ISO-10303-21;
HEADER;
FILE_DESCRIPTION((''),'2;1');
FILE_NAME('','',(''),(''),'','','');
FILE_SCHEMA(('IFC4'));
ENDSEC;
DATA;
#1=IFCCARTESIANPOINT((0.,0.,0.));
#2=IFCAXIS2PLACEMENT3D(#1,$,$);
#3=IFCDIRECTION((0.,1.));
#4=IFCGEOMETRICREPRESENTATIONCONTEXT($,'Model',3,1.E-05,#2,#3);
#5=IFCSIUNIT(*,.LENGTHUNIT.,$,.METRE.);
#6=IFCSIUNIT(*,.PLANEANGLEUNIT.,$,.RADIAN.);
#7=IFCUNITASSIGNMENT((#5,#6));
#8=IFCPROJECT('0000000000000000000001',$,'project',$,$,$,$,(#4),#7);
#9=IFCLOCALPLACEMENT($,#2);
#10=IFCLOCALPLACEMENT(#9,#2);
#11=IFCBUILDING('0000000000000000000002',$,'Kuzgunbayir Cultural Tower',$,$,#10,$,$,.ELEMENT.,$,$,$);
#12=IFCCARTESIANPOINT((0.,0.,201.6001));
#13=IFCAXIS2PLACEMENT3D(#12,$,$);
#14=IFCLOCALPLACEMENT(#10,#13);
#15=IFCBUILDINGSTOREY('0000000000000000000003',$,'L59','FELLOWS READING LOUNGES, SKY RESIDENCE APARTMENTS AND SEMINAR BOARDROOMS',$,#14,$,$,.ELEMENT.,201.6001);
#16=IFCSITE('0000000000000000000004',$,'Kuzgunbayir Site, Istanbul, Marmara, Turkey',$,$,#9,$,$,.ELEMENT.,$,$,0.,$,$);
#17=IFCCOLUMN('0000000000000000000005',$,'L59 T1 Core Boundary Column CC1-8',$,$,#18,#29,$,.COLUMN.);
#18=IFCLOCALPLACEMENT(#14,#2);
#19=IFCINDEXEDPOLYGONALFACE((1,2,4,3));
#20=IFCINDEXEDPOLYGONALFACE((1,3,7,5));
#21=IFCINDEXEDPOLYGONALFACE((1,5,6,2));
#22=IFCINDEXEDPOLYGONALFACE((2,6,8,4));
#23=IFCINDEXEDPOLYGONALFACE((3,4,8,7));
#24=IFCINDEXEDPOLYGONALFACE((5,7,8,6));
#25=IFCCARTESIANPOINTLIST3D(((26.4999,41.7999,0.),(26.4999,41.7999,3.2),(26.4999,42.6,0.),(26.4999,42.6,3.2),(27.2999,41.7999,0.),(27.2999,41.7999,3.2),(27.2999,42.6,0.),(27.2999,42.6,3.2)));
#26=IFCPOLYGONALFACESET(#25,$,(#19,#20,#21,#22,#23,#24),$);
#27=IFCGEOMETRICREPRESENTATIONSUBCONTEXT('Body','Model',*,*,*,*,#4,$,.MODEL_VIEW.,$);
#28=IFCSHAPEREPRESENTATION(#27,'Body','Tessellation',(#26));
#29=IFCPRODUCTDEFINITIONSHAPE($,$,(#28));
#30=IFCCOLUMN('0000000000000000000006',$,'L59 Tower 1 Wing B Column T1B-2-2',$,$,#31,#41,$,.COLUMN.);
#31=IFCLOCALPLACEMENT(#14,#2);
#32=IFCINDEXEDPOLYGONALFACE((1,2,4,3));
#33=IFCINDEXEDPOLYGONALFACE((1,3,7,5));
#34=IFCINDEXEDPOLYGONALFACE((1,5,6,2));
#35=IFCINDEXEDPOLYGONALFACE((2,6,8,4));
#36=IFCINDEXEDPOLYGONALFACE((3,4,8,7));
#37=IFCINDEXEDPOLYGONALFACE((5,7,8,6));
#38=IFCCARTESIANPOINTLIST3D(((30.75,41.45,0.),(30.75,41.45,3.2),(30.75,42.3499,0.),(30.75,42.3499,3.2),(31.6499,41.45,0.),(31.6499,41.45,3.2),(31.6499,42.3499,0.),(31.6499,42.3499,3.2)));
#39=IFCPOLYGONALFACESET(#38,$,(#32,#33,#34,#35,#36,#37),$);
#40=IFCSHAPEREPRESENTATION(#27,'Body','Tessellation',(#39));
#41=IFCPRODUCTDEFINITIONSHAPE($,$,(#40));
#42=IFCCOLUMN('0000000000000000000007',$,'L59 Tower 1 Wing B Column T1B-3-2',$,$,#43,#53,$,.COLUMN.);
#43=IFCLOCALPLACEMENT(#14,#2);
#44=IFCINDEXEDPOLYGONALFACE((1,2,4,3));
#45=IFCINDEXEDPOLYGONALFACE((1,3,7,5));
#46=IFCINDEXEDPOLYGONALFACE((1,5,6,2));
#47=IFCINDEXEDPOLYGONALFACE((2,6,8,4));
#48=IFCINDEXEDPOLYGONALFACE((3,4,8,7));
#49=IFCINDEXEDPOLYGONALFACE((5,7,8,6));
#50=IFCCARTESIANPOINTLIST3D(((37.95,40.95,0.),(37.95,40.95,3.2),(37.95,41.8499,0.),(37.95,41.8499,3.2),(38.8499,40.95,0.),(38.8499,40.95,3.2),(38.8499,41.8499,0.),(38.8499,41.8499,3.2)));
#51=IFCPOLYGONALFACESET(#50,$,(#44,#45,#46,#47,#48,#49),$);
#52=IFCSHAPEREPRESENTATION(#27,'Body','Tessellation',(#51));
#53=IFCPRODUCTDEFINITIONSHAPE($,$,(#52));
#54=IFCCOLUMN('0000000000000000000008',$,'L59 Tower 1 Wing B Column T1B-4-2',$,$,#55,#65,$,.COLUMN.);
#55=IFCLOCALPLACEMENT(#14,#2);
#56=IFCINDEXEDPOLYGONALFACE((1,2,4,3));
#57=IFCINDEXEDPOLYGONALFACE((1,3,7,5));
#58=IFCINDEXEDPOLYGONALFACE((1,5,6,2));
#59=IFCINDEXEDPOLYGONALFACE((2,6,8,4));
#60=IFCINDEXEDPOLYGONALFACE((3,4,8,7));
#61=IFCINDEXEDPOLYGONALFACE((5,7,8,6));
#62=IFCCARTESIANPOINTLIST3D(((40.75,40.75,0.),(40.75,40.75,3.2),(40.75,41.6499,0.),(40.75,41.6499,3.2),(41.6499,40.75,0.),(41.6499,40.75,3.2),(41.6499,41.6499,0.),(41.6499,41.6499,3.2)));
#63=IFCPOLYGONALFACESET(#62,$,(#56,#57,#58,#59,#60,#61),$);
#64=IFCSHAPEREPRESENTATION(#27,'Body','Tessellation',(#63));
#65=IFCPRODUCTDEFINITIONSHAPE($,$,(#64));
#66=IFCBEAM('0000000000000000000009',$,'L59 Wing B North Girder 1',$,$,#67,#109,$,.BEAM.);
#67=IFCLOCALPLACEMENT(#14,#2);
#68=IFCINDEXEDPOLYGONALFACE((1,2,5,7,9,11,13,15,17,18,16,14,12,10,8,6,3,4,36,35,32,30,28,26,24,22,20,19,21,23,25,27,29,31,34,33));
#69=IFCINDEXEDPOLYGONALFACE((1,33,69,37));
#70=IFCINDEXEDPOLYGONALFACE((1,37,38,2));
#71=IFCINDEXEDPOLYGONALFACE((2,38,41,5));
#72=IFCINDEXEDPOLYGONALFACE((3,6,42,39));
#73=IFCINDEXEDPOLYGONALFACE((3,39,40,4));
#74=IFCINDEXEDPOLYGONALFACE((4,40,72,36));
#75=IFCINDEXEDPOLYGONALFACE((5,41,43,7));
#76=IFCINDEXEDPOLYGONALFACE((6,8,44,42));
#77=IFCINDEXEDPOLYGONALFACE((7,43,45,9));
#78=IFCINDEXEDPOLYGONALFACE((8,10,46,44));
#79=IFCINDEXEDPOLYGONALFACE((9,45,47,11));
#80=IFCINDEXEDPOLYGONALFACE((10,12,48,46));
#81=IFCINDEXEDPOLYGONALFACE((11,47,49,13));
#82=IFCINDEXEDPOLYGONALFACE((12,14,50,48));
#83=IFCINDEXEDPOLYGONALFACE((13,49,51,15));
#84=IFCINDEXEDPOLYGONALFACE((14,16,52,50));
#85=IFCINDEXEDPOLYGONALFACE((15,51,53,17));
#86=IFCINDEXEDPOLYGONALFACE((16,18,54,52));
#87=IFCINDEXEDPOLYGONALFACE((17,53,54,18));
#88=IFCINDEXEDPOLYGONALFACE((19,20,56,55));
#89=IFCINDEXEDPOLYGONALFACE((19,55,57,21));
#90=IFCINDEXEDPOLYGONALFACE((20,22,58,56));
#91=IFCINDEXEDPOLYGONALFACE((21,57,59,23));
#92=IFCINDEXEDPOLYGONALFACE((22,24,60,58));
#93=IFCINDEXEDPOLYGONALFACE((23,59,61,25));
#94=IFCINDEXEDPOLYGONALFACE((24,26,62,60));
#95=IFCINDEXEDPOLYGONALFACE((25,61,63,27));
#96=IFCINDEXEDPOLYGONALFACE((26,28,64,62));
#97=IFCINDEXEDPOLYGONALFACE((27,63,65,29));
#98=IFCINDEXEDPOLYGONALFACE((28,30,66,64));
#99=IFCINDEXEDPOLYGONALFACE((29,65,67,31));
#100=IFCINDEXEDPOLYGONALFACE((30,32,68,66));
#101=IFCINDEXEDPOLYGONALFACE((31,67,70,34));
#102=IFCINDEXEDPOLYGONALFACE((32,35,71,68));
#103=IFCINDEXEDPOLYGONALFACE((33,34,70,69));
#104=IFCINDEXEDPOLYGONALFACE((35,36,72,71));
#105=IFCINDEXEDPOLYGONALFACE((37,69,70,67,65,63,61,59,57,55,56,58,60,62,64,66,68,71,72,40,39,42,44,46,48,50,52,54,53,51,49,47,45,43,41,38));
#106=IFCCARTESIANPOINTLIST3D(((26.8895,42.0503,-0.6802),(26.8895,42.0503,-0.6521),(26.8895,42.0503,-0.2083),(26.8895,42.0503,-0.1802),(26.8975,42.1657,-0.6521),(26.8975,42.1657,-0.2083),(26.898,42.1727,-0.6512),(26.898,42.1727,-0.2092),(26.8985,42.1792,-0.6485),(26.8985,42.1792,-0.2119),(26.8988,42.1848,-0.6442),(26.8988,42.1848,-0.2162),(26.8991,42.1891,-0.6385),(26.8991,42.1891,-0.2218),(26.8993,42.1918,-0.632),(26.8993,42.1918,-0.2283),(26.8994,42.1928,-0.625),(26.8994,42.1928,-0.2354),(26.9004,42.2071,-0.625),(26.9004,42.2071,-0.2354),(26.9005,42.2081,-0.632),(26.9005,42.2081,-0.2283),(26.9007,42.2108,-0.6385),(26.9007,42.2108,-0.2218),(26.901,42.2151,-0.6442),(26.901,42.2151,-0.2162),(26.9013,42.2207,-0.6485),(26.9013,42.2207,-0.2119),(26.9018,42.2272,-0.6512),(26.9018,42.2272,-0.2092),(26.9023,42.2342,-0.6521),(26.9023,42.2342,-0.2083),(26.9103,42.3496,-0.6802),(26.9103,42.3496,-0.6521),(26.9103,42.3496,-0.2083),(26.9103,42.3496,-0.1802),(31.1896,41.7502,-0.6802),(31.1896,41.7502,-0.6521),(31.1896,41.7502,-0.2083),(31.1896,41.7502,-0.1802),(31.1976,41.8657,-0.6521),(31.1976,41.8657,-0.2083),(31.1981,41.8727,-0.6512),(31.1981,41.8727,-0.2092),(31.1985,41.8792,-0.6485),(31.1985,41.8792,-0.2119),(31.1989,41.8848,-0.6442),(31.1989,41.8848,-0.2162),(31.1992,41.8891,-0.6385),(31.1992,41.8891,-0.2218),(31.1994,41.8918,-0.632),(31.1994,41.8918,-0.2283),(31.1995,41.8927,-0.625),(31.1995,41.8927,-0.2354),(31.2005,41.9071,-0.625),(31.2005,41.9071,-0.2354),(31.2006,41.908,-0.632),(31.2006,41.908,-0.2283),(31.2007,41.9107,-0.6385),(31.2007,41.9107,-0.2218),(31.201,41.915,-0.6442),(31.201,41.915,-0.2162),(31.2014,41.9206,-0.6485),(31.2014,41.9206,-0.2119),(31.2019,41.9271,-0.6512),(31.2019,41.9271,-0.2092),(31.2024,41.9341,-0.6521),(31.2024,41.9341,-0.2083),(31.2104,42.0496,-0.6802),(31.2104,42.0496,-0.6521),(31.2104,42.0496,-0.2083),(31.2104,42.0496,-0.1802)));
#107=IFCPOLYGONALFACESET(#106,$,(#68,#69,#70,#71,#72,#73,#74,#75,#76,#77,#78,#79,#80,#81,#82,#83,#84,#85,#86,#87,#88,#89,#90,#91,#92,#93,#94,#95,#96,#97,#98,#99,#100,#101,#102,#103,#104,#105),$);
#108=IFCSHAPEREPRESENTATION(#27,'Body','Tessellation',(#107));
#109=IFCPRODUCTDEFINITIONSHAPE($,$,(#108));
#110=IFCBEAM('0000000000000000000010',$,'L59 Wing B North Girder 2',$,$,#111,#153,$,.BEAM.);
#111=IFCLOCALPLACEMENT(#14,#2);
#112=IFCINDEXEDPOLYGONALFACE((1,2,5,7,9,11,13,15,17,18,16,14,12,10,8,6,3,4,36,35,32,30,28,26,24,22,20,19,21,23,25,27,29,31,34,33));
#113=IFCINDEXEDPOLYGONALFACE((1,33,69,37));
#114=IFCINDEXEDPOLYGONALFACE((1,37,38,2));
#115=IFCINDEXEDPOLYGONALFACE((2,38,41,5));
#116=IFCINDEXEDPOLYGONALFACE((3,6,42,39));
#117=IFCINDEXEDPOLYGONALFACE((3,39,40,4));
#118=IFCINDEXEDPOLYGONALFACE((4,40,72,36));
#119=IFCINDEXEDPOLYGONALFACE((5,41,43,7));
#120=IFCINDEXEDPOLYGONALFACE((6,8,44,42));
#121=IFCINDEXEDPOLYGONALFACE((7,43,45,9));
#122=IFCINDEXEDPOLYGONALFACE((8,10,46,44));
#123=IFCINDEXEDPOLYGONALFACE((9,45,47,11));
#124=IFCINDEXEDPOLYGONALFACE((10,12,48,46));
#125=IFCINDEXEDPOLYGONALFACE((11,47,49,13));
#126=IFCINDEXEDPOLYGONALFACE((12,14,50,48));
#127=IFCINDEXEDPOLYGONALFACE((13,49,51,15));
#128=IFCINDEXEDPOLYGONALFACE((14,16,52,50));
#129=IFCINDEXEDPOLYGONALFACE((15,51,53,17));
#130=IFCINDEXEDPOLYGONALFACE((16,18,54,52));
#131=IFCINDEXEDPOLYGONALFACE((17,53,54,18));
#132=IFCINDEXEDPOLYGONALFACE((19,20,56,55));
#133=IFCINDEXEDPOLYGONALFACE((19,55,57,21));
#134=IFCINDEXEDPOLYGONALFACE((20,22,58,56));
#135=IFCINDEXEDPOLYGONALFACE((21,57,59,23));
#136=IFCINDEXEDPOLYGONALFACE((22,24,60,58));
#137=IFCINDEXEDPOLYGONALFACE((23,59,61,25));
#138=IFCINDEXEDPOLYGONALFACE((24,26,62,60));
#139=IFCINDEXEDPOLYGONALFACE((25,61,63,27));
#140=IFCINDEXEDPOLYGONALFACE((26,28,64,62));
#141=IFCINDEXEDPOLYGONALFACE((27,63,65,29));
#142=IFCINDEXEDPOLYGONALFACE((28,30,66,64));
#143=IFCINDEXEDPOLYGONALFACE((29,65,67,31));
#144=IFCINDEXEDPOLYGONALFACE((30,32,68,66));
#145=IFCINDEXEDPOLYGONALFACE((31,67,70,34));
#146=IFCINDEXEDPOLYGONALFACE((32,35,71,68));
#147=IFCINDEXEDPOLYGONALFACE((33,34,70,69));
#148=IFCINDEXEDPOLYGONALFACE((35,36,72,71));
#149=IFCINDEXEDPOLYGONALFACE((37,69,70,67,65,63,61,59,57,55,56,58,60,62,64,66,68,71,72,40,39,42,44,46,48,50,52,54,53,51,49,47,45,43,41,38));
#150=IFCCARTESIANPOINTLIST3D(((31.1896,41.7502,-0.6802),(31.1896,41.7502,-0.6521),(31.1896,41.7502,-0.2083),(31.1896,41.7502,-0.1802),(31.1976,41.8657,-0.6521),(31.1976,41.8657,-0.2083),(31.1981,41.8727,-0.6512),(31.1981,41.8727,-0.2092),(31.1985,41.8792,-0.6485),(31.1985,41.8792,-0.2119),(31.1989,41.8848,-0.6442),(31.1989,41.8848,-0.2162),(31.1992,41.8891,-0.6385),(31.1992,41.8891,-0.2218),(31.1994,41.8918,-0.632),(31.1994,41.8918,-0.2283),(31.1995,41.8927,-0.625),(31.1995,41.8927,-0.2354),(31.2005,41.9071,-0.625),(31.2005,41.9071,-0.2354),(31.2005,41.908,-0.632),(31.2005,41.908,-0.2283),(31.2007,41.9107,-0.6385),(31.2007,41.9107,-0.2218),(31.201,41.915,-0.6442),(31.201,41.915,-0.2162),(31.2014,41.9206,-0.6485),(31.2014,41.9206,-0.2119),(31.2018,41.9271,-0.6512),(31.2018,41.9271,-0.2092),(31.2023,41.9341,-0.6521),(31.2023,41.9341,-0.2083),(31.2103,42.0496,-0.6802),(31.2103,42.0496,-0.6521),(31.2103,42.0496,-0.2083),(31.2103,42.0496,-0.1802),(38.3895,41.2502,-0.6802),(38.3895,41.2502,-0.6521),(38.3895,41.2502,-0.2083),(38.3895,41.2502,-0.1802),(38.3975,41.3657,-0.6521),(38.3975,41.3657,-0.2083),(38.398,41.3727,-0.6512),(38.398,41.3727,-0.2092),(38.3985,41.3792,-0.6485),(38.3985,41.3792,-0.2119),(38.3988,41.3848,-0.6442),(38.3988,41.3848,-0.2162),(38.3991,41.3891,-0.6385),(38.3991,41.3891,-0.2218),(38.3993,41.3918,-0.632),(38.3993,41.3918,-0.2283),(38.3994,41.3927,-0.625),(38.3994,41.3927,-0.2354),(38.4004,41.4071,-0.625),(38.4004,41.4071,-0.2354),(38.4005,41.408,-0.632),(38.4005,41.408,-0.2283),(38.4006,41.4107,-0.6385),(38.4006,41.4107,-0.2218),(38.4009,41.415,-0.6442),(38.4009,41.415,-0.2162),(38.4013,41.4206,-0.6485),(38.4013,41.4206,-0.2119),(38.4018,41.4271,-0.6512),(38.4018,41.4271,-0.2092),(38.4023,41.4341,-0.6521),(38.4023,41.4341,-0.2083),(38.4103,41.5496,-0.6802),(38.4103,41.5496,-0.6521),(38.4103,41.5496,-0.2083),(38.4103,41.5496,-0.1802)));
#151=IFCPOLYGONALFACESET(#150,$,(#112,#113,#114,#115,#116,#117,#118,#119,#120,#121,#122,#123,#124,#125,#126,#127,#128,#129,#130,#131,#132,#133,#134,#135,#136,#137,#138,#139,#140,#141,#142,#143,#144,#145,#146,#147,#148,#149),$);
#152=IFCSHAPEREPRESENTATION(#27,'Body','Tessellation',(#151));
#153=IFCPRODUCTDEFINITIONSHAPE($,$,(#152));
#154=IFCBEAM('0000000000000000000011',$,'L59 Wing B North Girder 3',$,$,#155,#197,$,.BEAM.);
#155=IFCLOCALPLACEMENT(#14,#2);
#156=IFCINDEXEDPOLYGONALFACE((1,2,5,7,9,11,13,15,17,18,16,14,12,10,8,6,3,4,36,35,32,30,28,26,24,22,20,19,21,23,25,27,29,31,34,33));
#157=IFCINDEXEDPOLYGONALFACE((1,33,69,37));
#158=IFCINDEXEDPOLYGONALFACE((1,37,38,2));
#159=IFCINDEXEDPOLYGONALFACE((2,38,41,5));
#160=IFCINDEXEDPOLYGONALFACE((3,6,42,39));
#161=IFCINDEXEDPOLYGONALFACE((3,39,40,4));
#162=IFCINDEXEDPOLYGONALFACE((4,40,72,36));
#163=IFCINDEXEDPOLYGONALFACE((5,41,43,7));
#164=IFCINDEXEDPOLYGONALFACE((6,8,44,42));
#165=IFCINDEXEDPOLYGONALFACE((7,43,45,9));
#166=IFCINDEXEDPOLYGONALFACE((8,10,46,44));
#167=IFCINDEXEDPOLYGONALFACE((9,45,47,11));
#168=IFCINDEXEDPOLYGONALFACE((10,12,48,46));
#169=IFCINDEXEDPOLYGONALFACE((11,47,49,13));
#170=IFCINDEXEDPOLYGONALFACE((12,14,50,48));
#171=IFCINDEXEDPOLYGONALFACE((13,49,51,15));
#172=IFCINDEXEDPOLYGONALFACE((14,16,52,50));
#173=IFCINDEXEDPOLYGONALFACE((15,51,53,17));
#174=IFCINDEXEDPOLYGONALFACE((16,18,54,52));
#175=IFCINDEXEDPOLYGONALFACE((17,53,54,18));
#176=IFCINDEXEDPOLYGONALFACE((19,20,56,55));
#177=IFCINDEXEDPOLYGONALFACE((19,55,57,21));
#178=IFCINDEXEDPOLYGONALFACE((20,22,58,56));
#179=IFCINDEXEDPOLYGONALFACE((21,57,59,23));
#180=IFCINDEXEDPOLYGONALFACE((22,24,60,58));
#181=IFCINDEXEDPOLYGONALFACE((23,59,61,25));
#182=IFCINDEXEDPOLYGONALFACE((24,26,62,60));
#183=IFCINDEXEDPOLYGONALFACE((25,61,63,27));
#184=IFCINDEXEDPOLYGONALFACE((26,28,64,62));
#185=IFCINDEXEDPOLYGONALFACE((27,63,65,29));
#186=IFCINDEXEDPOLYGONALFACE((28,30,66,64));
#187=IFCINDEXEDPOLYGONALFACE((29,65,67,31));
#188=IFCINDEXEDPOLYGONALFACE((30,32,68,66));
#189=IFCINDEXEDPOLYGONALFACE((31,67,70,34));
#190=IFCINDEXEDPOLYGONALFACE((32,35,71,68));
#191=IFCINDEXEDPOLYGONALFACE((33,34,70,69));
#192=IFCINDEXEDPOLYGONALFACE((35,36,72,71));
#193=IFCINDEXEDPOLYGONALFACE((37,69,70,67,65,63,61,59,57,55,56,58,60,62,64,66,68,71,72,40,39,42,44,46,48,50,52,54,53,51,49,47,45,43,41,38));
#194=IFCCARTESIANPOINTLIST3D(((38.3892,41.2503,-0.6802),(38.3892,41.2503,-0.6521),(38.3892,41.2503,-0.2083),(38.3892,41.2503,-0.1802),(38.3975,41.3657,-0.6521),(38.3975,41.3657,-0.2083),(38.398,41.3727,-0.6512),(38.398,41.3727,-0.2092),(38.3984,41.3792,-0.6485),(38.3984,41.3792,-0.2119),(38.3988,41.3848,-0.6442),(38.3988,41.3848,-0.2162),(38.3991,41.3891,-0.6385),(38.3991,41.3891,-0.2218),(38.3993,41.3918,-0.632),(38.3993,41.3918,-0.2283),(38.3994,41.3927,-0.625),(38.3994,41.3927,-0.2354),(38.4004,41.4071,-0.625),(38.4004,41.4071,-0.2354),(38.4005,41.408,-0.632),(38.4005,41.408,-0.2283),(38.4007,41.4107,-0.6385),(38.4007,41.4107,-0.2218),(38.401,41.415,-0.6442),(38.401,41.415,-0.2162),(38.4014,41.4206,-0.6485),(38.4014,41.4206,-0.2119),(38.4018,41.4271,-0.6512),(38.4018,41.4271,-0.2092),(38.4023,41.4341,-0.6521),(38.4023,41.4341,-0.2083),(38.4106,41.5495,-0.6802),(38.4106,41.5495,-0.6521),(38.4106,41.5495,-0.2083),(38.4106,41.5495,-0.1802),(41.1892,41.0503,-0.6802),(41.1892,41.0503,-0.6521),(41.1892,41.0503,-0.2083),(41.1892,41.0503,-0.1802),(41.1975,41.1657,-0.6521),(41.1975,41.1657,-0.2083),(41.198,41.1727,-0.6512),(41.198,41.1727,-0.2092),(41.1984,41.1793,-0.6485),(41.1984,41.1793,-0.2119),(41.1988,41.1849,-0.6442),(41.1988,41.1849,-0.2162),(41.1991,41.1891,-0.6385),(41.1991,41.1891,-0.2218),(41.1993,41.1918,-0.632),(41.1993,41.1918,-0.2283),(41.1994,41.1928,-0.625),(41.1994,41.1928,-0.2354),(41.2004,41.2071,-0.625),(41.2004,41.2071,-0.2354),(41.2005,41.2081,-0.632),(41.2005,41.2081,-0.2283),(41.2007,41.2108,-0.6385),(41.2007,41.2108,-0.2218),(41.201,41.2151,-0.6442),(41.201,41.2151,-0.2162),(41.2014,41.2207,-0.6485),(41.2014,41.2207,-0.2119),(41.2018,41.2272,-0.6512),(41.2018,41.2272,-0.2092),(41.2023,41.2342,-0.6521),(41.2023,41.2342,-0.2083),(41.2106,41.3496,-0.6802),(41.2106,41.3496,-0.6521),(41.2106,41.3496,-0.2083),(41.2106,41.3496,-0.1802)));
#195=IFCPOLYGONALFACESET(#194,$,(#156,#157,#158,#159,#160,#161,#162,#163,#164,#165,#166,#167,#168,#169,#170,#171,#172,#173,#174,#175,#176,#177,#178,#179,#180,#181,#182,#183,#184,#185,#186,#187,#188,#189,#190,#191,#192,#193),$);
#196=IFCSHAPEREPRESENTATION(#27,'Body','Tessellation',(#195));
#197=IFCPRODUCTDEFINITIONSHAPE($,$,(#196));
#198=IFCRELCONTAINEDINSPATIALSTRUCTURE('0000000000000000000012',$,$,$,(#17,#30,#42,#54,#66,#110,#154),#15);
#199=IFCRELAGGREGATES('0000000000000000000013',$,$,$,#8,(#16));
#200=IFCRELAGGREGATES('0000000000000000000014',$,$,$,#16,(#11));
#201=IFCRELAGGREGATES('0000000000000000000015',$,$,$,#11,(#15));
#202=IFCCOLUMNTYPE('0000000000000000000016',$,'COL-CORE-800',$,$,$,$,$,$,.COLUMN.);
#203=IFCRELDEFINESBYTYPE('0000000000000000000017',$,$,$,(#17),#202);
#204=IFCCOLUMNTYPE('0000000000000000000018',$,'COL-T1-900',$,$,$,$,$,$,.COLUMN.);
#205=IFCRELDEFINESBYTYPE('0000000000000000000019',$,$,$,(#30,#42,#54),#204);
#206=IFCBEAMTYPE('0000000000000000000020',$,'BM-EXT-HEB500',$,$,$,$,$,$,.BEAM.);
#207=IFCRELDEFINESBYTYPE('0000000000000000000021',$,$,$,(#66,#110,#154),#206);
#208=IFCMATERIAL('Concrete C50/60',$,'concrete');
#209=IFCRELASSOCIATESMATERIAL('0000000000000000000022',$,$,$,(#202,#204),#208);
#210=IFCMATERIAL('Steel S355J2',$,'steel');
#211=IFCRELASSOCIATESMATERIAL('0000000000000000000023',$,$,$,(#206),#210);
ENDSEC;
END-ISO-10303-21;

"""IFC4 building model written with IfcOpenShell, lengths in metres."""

from ifc_helpers import new_model, si_unit, direction, frame, origin, origin_2d, place, context, subcontext, project, spatial, rectangle, i_section, extrude, material, material_profile, profile_set, type_object, element, save


model = new_model("IFC4")

# Units and contexts
model_context = context("Model", 3, precision=1e-05, world=origin(), true_north=direction((0.0, 1.0)))
body_context = subcontext(model_context, "Body", "Model", "MODEL_VIEW")
ifc_project = project(units=[si_unit("LENGTHUNIT", "METRE"), si_unit("PLANEANGLEUNIT", "RADIAN")], contexts=[model_context])

# Site, building, storey
site_placement = place(None, origin())
site = spatial("IfcSite", under=ifc_project, at=site_placement, Name="Kuzgunbayir Site, Istanbul, Marmara, Turkey", CompositionType="ELEMENT", RefElevation=0.0)
building_placement = place(site_placement, origin())
building = spatial("IfcBuilding", under=site, at=building_placement, Name="Kuzgunbayir Cultural Tower", CompositionType="ELEMENT")
storey_placement = place(building_placement, frame((0.0, 0.0, 201.6001)))
storey = spatial("IfcBuildingStorey", under=building, at=storey_placement, Name="L59", Description="FELLOWS READING LOUNGES, SKY RESIDENCE APARTMENTS AND SEMINAR BOARDROOMS", CompositionType="ELEMENT", Elevation=201.6001)

# Columns
ifc_material_1 = material(Name="Concrete C50/60", Category="concrete")
ifc_material_profile_1 = material_profile(ifc_material_1, rectangle(XDim=0.8, YDim=0.8, at=origin_2d()), Name="RC 800x800")
ifc_profile_set_1 = profile_set([ifc_material_profile_1], Name="Concrete C50/60")
column_type_1 = type_object("IfcColumnType", Name="COL-CORE-800", PredefinedType="COLUMN", material=ifc_profile_set_1)
column_placement = place(storey_placement, frame((26.8999, 42.2, 0.0), z_axis=(0.0, 0.0, 1.0), x_axis=(1.0, 0.0, 0.0)))
element("IfcColumn", 1, at=column_placement, inside=storey, type_object=column_type_1, Name="L59 T1 Core Boundary Column CC1-8", PredefinedType="COLUMN", context=body_context, shape_type="SweptSolid", body=[
    extrude(rectangle(XDim=0.8, YDim=0.8, at=origin_2d()), origin(), (0.0, 0.0, 1.0), 3.2),
])
ifc_material_profile_2 = material_profile(ifc_material_1, rectangle(XDim=0.8999, YDim=0.8999, at=origin_2d()), Name="RC 900x900")
ifc_profile_set_2 = profile_set([ifc_material_profile_2], Name="Concrete C50/60")
column_type_2 = type_object("IfcColumnType", Name="COL-T1-900", PredefinedType="COLUMN", material=ifc_profile_set_2)
for number, where, z_axis, x_axis, name in (
    (2, (31.2, 41.8999, 0.0), (0.0, 0.0, 1.0), (1.0, 0.0, 0.0), "L59 Tower 1 Wing B Column T1B-2-2"),
    (3, (38.3999, 41.3999, 0.0), (0.0, 0.0, 1.0), (1.0, 0.0, 0.0), "L59 Tower 1 Wing B Column T1B-3-2"),
    (4, (41.2, 41.2, 0.0), (0.0, 0.0, 1.0), (1.0, 0.0, 0.0), "L59 Tower 1 Wing B Column T1B-4-2"),
):
    element("IfcColumn", number, at=place(storey_placement, frame(where, z_axis=z_axis, x_axis=x_axis)), inside=storey, type_object=column_type_2, Name=name, PredefinedType="COLUMN", context=body_context, shape_type="SweptSolid", body=[
        extrude(rectangle(XDim=0.8999, YDim=0.8999, at=origin_2d()), origin(), (0.0, 0.0, 1.0), 3.2),
    ])

# Beams
ifc_material_2 = material(Name="Steel S355J2", Category="steel")
ifc_material_profile_3 = material_profile(ifc_material_2, i_section(OverallWidth=0.3, OverallDepth=0.5, WebThickness=0.0144, FlangeThickness=0.0281, FilletRadius=0.0271, at=origin_2d()), Name="HEB 500")
ifc_profile_set_3 = profile_set([ifc_material_profile_3], Name="Steel S355J2")
beam_type_1 = type_object("IfcBeamType", Name="BM-EXT-HEB500", PredefinedType="BEAM", material=ifc_profile_set_3)
beam_1_placement = place(storey_placement, frame((26.8999, 42.2, -0.4302), z_axis=(0.997574, -0.069609, 0.0), x_axis=(0.069609, 0.997574, 0.0)))
element("IfcBeam", 5, at=beam_1_placement, inside=storey, type_object=beam_type_1, Name="L59 Wing B North Girder 1", PredefinedType="BEAM", context=body_context, shape_type="SweptSolid", body=[
    extrude(i_section(OverallWidth=0.3, OverallDepth=0.5, WebThickness=0.0144, FlangeThickness=0.0281, FilletRadius=0.0271, at=origin_2d()), origin(), (0.0, 0.0, 1.0), 4.3105),
])
beam_2_placement = place(storey_placement, frame((31.2, 41.8999, -0.4302), z_axis=(0.997597, -0.069278, 0.0), x_axis=(0.069278, 0.997597, 0.0)))
element("IfcBeam", 6, at=beam_2_placement, inside=storey, type_object=beam_type_1, Name="L59 Wing B North Girder 2", PredefinedType="BEAM", context=body_context, shape_type="SweptSolid", body=[
    extrude(i_section(OverallWidth=0.3, OverallDepth=0.5, WebThickness=0.0144, FlangeThickness=0.0281, FilletRadius=0.0271, at=origin_2d()), origin(), (0.0, 0.0, 1.0), 7.2173),
])
beam_3_placement = place(storey_placement, frame((38.3999, 41.3999, -0.4302), z_axis=(0.99746, -0.071229, 0.0), x_axis=(0.071229, 0.99746, 0.0)))
element("IfcBeam", 7, at=beam_3_placement, inside=storey, type_object=beam_type_1, Name="L59 Wing B North Girder 3", PredefinedType="BEAM", context=body_context, shape_type="SweptSolid", body=[
    extrude(i_section(OverallWidth=0.3, OverallDepth=0.5, WebThickness=0.0144, FlangeThickness=0.0281, FilletRadius=0.0271, at=origin_2d()), origin(), (0.0, 0.0, 1.0), 2.8071),
])

save(model, "model.ifc")
